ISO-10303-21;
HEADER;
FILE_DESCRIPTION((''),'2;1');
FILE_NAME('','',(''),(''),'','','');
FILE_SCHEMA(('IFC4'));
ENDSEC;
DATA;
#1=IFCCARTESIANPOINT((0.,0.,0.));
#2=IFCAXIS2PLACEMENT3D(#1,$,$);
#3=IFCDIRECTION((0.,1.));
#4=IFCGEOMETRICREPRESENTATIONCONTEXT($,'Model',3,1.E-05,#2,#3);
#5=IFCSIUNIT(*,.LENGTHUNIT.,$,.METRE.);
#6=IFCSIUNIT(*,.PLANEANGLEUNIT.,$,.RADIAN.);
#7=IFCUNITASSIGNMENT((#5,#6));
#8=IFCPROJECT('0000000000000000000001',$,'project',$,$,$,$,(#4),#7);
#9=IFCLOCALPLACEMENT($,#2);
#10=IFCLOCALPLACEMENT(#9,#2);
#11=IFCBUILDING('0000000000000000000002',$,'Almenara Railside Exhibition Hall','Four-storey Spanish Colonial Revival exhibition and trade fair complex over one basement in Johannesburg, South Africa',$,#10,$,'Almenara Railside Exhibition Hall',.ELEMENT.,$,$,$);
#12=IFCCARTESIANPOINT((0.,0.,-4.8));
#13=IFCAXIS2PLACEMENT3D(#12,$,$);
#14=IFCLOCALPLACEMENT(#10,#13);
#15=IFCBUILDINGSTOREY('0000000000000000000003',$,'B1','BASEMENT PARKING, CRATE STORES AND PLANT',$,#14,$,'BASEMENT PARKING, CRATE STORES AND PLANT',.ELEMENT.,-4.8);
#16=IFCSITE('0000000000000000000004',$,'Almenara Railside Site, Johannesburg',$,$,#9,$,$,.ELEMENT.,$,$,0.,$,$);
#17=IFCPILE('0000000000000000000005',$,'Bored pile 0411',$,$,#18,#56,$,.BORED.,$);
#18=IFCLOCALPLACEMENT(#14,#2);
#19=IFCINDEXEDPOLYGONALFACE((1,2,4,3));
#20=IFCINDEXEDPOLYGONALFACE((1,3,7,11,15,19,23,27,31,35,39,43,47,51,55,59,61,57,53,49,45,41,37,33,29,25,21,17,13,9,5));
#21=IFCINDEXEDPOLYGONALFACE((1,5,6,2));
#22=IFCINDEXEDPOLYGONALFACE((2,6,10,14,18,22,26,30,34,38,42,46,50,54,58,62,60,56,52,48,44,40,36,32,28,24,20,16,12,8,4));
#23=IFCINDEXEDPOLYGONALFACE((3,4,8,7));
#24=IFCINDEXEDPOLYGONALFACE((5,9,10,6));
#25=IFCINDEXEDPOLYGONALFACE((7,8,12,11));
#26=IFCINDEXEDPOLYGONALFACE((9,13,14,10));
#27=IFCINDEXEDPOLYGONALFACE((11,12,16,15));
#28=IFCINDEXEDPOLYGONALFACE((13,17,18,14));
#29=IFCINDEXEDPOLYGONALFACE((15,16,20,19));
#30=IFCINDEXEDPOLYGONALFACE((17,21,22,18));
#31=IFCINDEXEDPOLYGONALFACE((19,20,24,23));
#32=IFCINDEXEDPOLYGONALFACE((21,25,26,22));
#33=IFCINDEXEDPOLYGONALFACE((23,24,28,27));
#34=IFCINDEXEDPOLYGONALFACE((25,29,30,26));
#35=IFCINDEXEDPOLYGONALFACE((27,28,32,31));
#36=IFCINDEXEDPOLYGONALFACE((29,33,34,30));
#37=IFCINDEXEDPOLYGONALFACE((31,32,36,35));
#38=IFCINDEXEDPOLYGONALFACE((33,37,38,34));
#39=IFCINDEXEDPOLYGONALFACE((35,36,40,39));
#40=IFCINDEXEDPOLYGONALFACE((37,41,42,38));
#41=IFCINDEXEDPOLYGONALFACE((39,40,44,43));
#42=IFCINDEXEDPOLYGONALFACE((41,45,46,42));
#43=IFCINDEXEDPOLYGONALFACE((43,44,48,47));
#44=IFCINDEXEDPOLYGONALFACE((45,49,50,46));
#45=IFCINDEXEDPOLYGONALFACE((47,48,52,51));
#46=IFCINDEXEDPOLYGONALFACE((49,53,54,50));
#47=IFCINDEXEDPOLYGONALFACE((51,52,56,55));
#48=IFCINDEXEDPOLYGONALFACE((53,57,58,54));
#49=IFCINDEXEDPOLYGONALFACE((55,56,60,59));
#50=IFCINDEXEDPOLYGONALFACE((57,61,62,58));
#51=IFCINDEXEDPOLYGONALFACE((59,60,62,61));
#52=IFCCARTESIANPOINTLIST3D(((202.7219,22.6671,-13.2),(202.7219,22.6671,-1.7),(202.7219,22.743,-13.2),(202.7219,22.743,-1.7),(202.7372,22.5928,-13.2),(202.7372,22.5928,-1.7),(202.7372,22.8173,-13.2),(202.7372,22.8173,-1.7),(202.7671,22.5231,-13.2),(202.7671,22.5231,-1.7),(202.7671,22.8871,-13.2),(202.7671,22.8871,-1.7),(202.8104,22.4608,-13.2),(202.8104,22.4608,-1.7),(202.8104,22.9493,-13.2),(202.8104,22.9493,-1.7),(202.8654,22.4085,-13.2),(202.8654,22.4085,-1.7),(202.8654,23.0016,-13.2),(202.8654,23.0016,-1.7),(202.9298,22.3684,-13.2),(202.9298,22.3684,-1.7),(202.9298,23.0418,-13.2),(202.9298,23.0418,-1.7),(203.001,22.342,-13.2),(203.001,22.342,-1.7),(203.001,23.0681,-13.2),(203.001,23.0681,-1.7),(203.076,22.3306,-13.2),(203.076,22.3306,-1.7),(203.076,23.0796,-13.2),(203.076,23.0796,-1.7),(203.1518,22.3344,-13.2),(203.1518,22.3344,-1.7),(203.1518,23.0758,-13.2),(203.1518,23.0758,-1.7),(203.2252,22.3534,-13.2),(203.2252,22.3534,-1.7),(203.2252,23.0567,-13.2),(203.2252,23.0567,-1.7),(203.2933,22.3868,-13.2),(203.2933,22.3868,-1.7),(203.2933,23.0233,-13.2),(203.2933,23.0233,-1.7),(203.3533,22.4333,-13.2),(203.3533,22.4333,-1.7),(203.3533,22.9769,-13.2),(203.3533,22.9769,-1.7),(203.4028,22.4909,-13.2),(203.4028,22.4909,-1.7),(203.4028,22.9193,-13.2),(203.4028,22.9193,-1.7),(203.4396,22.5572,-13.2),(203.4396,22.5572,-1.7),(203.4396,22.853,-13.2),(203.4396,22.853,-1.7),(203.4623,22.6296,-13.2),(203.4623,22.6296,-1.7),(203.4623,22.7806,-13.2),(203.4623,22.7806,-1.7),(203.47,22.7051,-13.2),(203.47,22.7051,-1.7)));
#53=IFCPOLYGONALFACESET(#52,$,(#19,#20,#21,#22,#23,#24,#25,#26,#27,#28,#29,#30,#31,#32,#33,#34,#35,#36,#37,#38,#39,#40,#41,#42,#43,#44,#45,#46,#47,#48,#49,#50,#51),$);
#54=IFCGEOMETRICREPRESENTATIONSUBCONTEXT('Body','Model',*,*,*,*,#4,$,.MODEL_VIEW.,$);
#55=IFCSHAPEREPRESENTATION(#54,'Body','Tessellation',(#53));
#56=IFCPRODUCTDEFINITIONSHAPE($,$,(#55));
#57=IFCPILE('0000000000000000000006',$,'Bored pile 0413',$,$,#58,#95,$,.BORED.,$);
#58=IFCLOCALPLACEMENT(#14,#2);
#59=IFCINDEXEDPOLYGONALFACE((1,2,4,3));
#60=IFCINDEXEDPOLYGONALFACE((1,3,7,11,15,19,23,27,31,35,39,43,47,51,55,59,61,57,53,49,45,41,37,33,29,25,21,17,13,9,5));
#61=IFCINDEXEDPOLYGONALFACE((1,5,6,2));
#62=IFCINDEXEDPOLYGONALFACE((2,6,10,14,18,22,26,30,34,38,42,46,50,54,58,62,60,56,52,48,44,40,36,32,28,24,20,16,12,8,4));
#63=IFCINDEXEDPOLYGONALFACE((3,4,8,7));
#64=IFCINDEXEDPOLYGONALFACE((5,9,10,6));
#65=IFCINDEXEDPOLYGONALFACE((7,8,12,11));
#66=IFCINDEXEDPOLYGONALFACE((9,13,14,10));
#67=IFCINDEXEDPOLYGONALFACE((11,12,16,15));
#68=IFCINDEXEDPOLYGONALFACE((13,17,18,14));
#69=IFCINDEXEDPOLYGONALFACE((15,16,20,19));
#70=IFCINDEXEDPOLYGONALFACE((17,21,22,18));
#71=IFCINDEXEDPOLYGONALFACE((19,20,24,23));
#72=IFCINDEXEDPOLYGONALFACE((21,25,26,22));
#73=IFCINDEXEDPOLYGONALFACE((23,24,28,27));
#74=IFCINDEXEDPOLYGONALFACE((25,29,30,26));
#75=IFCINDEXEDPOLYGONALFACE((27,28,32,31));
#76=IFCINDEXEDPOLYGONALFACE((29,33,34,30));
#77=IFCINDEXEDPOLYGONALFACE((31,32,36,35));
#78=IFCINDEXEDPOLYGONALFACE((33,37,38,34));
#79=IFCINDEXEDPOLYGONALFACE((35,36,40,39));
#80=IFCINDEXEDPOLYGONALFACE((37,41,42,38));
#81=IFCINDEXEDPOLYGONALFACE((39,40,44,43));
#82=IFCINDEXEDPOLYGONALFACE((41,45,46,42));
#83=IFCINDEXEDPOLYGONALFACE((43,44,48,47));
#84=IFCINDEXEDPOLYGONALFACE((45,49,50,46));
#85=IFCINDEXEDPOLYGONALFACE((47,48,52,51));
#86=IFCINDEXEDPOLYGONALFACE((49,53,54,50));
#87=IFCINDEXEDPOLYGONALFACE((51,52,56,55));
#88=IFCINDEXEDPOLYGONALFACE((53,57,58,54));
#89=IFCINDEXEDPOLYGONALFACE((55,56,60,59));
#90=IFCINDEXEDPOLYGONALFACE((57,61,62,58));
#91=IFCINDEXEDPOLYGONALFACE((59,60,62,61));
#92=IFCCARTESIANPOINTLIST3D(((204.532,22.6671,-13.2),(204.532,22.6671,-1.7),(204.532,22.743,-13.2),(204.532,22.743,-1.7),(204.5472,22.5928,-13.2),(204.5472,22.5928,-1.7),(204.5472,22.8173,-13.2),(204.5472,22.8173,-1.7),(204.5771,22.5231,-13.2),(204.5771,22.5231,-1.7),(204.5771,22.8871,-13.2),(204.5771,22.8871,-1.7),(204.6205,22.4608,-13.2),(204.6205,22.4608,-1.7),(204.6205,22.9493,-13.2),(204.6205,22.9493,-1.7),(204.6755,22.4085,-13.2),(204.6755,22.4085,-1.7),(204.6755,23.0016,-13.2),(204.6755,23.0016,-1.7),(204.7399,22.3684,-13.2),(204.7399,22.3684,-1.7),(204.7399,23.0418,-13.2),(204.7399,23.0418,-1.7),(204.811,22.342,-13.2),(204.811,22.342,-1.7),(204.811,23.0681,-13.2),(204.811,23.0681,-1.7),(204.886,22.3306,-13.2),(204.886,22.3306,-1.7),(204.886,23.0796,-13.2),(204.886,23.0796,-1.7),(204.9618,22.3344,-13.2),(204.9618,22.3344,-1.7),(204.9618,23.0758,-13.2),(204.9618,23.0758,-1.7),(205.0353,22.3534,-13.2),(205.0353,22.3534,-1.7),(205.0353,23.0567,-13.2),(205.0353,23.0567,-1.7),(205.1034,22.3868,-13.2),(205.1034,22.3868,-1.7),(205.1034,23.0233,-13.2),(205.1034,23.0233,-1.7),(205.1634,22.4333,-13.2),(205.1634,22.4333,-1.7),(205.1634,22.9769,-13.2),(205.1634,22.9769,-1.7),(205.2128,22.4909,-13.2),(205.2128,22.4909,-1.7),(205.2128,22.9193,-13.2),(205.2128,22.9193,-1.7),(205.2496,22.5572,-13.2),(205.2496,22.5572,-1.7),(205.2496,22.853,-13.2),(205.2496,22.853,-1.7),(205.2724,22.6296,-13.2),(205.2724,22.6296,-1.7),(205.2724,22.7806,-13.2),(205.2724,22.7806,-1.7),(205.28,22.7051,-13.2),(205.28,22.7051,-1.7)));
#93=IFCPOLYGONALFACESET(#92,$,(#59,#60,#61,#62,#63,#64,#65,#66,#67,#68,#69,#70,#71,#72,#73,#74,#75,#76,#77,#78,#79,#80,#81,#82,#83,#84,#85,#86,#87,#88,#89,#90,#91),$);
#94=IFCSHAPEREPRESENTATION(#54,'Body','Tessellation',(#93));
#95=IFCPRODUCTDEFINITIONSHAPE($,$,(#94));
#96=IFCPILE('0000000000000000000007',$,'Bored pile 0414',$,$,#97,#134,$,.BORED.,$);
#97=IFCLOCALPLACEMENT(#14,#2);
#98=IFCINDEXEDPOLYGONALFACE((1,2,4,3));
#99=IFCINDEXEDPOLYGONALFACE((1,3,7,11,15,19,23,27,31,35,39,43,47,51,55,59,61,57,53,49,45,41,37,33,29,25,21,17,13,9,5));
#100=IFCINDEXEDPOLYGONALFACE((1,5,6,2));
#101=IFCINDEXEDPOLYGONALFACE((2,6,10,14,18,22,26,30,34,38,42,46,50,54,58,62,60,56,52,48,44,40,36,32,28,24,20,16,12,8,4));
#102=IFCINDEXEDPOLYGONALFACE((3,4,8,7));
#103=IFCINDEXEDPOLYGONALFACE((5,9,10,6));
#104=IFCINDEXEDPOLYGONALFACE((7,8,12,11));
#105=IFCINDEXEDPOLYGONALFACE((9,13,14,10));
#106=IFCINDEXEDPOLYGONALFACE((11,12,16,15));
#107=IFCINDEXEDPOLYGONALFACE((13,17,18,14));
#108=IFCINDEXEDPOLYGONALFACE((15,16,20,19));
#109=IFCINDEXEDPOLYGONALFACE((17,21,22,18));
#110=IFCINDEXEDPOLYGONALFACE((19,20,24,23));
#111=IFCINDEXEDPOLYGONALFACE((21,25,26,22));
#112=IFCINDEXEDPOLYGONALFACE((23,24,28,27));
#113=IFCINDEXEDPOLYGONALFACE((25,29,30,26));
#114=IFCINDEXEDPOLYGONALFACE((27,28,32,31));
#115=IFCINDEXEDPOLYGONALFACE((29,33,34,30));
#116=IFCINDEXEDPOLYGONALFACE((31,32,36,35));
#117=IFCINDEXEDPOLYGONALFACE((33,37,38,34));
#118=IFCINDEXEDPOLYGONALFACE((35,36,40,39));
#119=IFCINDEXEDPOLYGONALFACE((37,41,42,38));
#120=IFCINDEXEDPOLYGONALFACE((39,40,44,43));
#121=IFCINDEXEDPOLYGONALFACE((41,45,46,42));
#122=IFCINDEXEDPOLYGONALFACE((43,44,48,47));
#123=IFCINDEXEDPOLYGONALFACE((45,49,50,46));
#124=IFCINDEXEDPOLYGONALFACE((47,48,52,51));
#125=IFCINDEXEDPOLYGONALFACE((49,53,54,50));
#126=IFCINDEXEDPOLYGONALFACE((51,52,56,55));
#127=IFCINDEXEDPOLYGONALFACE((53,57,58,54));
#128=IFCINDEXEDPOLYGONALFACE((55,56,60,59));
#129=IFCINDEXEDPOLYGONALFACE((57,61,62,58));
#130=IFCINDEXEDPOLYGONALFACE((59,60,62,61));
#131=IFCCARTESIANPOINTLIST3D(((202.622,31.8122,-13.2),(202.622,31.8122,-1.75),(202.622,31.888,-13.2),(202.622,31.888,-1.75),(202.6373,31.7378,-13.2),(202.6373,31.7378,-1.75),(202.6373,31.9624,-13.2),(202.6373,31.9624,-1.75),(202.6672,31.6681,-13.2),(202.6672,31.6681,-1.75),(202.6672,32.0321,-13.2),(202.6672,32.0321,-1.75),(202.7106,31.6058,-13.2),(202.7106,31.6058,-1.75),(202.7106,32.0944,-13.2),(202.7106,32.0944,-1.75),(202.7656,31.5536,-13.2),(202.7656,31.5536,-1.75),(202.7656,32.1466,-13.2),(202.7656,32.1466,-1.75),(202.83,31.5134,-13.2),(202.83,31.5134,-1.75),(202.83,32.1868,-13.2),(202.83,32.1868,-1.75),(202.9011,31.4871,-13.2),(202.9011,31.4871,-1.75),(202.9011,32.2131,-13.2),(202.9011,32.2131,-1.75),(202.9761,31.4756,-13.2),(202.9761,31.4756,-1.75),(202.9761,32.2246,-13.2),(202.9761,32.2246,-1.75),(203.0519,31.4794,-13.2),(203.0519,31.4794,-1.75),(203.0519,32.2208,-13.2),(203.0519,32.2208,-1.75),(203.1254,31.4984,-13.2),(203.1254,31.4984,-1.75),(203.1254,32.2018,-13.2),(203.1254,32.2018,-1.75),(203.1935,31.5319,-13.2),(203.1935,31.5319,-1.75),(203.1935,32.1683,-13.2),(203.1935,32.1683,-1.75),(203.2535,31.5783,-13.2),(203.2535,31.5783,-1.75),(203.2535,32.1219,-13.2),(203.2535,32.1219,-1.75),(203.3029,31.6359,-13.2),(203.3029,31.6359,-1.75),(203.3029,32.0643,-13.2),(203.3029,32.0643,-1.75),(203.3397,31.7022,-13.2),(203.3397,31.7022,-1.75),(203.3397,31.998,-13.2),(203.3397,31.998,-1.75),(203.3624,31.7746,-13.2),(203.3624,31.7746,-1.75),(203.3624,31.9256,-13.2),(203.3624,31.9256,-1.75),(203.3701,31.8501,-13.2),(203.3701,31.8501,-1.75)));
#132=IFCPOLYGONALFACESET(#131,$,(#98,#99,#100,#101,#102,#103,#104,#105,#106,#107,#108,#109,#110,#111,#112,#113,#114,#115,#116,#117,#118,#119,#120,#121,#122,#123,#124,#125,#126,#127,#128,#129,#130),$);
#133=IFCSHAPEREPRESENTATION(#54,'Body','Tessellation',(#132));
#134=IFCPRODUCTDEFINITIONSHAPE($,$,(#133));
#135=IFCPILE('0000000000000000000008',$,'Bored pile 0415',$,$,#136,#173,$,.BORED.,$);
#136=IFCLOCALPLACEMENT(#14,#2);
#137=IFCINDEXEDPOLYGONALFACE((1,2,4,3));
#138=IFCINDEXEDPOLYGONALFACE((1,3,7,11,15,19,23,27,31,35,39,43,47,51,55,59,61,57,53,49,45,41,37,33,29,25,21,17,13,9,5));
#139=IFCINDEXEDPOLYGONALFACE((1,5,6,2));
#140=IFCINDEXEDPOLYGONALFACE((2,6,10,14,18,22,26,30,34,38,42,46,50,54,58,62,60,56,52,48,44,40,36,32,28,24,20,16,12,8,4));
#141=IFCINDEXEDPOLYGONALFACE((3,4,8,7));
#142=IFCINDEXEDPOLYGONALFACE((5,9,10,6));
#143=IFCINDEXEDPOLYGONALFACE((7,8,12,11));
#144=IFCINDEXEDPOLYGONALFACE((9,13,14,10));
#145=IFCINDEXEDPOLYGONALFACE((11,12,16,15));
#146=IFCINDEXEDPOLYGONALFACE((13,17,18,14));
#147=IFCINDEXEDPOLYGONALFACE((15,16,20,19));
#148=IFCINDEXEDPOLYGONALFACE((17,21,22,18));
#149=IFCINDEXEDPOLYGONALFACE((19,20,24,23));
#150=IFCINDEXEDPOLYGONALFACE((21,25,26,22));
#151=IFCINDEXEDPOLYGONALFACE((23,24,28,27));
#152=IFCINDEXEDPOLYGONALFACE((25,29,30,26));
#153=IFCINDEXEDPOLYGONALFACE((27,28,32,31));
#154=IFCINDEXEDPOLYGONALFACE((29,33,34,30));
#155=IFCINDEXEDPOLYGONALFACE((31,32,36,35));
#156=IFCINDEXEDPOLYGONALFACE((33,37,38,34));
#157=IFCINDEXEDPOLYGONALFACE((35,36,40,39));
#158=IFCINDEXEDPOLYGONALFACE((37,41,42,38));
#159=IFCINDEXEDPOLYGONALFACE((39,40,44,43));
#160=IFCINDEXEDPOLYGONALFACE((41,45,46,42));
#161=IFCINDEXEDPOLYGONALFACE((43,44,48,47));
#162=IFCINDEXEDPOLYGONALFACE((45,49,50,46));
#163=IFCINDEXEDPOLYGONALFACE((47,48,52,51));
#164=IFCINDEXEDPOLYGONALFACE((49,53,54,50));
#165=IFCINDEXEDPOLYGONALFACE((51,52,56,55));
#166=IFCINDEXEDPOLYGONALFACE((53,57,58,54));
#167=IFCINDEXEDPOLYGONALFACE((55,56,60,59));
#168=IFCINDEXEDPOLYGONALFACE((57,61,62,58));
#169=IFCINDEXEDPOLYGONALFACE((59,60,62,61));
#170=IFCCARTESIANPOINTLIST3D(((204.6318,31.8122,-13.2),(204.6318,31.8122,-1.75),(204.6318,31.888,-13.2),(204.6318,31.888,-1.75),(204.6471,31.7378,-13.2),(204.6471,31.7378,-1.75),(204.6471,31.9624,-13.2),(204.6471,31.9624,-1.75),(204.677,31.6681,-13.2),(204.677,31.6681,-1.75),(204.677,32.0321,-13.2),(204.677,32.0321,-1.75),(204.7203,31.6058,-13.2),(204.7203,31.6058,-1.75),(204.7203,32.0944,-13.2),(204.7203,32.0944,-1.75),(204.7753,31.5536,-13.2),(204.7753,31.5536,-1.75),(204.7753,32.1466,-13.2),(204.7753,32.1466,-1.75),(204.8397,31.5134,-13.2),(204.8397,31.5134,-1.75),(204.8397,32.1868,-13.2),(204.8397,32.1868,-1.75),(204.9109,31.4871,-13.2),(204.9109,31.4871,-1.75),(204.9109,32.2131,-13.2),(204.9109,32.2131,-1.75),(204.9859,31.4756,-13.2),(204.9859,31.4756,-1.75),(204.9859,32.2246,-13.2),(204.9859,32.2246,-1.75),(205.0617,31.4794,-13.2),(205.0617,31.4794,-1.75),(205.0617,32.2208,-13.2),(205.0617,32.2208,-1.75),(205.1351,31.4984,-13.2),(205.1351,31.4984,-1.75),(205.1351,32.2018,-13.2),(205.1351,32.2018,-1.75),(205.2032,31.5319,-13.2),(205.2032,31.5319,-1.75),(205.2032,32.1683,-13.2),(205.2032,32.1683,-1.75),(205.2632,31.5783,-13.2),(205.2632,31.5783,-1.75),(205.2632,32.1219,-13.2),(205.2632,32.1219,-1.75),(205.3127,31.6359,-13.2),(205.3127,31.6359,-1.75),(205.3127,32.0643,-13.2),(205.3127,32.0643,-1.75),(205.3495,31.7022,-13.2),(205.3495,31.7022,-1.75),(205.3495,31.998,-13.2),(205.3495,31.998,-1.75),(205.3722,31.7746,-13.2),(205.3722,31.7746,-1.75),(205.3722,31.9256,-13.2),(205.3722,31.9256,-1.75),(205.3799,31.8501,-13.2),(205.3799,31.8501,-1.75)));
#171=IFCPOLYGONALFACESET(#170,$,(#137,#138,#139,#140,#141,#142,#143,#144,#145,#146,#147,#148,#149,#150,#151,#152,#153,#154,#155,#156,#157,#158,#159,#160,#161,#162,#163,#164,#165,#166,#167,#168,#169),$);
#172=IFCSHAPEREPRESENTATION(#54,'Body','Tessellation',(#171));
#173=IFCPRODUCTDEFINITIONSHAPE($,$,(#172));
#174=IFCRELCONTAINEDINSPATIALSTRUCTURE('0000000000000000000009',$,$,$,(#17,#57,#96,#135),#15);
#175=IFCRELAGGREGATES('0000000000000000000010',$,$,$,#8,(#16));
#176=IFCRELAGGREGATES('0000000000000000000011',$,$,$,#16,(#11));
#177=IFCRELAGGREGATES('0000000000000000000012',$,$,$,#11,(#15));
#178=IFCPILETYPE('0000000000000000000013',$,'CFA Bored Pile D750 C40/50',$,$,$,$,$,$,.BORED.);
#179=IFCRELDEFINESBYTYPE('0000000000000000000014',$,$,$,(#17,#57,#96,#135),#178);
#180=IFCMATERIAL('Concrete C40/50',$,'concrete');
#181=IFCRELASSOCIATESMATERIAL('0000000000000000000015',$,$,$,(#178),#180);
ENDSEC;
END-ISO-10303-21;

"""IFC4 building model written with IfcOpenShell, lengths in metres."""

from ifc_helpers import new_model, si_unit, direction, frame, origin, origin_2d, place, context, subcontext, project, spatial, circle, extrude, material, material_profile, profile_set, type_object, element, save


model = new_model("IFC4")

# Units and contexts
model_context = context("Model", 3, precision=1e-05, world=origin(), true_north=direction((0.0, 1.0)))
body_context = subcontext(model_context, "Body", "Model", "MODEL_VIEW")
ifc_project = project(units=[si_unit("LENGTHUNIT", "METRE"), si_unit("PLANEANGLEUNIT", "RADIAN")], contexts=[model_context])

# Site, building, storey
site_placement = place(None, origin())
site = spatial("IfcSite", under=ifc_project, at=site_placement, Name="Almenara Railside Site, Johannesburg", CompositionType="ELEMENT", RefElevation=0.0)
building_placement = place(site_placement, origin())
building = spatial("IfcBuilding", under=site, at=building_placement, Name="Almenara Railside Exhibition Hall", Description="Four-storey Spanish Colonial Revival exhibition and trade fair complex over one basement in Johannesburg, South Africa", LongName="Almenara Railside Exhibition Hall", CompositionType="ELEMENT")
storey_placement = place(building_placement, frame((0.0, 0.0, -4.8)))
storey = spatial("IfcBuildingStorey", under=building, at=storey_placement, Name="B1", Description="BASEMENT PARKING, CRATE STORES AND PLANT", LongName="BASEMENT PARKING, CRATE STORES AND PLANT", CompositionType="ELEMENT", Elevation=-4.8)

# Piles
ifc_material_1 = material(Name="Concrete C40/50", Category="concrete")
ifc_material_profile_1 = material_profile(ifc_material_1, circle(Radius=0.375, at=origin_2d()), Name="CFA-PILE D750")
ifc_profile_set_1 = profile_set([ifc_material_profile_1], Name="Concrete C40/50")
pile_type_1 = type_object("IfcPileType", Name="CFA Bored Pile D750 C40/50", PredefinedType="BORED", material=ifc_profile_set_1)
for number, where, z_axis, x_axis, name in (
    (1, (203.095, 22.7051, -1.7), (0.0, 0.0, -1.0), (1.0, 0.0, 0.0), "Bored pile 0411"),
    (2, (204.905, 22.7051, -1.7), (0.0, 0.0, -1.0), (1.0, 0.0, 0.0), "Bored pile 0413"),
):
    element("IfcPile", number, at=place(storey_placement, frame(where, z_axis=z_axis, x_axis=x_axis)), inside=storey, type_object=pile_type_1, Name=name, PredefinedType="BORED", context=body_context, shape_type="SweptSolid", body=[
        extrude(circle(Radius=0.375, at=origin_2d()), origin(), (0.0, 0.0, 1.0), 11.5),
    ])
for number, where, z_axis, x_axis, name in (
    (3, (202.9951, 31.8501, -1.75), (0.0, 0.0, -1.0), (1.0, 0.0, 0.0), "Bored pile 0414"),
    (4, (205.0049, 31.8501, -1.75), (0.0, 0.0, -1.0), (1.0, 0.0, 0.0), "Bored pile 0415"),
):
    element("IfcPile", number, at=place(storey_placement, frame(where, z_axis=z_axis, x_axis=x_axis)), inside=storey, type_object=pile_type_1, Name=name, PredefinedType="BORED", context=body_context, shape_type="SweptSolid", body=[
        extrude(circle(Radius=0.375, at=origin_2d()), origin(), (0.0, 0.0, 1.0), 11.45),
    ])

save(model, "model.ifc")
